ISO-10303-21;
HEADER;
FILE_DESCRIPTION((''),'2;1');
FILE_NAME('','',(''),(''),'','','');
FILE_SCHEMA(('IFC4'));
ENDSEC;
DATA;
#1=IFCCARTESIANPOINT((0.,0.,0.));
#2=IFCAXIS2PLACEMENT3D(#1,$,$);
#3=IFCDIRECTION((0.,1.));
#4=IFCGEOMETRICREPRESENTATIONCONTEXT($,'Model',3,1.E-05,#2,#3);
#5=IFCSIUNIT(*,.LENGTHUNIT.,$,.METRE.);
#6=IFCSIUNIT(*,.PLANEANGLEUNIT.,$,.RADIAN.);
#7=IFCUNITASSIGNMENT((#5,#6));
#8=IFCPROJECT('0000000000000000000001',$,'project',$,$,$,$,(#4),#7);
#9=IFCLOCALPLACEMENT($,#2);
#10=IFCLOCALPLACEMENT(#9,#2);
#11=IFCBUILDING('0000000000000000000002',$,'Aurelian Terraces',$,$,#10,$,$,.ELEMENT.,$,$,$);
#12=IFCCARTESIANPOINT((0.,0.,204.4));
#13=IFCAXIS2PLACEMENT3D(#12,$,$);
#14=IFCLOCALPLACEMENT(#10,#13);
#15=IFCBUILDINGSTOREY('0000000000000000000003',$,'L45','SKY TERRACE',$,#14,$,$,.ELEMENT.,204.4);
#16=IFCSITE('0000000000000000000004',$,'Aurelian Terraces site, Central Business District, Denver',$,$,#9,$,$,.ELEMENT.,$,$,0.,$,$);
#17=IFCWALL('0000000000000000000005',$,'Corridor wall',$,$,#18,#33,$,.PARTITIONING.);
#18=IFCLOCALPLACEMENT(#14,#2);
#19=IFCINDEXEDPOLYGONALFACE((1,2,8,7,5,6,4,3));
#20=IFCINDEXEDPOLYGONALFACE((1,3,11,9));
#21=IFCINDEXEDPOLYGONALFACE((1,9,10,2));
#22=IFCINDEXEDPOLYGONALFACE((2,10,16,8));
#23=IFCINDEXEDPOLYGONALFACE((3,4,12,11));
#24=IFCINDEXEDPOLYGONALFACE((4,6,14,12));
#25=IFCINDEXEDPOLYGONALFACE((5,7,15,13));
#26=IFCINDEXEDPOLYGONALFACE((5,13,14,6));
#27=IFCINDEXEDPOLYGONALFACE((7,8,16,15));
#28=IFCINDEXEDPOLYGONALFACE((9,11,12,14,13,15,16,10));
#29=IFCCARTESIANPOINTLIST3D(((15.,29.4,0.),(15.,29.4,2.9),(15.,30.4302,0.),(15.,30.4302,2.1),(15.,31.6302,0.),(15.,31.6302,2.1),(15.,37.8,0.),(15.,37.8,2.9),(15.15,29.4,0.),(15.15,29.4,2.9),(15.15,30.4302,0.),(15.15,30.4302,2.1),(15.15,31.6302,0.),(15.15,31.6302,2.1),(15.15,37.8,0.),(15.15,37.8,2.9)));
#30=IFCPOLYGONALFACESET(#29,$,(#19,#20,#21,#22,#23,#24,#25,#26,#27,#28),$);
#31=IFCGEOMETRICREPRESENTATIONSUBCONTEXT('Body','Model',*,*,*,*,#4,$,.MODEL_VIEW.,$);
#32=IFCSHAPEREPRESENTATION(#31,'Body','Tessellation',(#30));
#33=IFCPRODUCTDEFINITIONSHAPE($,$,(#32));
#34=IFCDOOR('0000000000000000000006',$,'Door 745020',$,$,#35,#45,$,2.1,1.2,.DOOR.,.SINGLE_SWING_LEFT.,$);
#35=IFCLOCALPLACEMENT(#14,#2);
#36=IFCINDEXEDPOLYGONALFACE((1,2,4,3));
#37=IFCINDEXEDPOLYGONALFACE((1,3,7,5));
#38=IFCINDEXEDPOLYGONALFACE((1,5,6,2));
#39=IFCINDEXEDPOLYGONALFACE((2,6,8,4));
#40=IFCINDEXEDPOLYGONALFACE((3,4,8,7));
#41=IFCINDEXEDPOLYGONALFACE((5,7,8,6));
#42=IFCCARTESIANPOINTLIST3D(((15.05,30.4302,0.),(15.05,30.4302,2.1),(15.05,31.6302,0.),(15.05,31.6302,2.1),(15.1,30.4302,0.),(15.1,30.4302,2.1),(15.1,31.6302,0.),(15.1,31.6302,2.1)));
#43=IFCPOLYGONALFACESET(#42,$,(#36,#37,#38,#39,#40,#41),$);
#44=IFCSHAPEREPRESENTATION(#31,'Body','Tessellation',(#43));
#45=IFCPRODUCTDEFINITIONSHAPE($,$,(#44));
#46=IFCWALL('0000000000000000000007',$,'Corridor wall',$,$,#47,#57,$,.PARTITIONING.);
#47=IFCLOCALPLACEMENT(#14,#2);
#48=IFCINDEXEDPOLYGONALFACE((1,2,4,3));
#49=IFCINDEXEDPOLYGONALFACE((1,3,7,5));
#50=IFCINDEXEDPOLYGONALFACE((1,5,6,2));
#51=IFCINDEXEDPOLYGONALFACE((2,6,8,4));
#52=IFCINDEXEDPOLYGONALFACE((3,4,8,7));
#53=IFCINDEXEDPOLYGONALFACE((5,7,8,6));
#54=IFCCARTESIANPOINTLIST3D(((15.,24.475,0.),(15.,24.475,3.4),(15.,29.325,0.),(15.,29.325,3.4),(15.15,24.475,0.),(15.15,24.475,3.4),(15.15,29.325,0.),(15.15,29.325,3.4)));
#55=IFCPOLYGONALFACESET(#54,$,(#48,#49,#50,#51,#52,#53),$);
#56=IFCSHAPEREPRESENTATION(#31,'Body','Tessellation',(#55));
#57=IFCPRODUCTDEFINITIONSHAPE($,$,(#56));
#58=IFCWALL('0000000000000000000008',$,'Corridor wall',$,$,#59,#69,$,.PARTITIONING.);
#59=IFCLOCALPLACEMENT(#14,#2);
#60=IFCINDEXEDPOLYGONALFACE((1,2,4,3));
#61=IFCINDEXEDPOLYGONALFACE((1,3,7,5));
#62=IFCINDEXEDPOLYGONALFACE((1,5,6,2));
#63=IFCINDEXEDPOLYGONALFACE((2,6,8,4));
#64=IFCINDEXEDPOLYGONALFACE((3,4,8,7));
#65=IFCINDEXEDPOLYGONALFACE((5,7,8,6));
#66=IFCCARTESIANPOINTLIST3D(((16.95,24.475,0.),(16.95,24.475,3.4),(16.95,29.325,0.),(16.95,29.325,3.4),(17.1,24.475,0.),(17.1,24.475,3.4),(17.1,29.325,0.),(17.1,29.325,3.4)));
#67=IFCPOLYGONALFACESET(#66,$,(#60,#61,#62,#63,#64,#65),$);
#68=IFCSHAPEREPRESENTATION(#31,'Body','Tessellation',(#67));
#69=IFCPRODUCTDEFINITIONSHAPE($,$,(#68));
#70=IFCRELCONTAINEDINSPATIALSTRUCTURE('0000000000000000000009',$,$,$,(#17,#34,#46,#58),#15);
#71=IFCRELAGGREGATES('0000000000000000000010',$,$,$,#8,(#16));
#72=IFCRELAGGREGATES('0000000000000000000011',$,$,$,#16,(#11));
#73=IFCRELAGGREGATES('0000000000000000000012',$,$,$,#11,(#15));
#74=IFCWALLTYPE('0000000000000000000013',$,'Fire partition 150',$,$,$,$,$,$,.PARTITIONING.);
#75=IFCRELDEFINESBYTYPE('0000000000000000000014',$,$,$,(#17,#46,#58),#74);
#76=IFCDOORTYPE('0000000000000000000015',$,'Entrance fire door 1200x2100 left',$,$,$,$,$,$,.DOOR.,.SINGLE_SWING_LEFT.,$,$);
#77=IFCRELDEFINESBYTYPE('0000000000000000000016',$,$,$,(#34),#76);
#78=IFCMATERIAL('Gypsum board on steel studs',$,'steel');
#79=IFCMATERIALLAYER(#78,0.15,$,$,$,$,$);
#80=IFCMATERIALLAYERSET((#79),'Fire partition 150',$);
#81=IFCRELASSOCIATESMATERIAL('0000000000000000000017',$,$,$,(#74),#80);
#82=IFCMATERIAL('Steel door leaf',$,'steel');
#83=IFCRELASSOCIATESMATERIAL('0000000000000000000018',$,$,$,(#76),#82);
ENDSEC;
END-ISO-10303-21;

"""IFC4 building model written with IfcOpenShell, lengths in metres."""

from ifc_helpers import new_model, si_unit, direction, frame, frame_2d, origin, place, context, subcontext, project, spatial, rectangle, extrude, source, transform, mapped, material, layer, layer_set, type_object, element, fill, save


model = new_model("IFC4")

# Units and contexts
model_context = context("Model", 3, precision=1e-05, world=origin(), true_north=direction((0.0, 1.0)))
body_context = subcontext(model_context, "Body", "Model", "MODEL_VIEW")
ifc_project = project(units=[si_unit("LENGTHUNIT", "METRE"), si_unit("PLANEANGLEUNIT", "RADIAN")], contexts=[model_context])

# Site, building, storey
site_placement = place(None, origin())
site = spatial("IfcSite", under=ifc_project, at=site_placement, Name="Aurelian Terraces site, Central Business District, Denver", CompositionType="ELEMENT", RefElevation=0.0)
building_placement = place(site_placement, origin())
building = spatial("IfcBuilding", under=site, at=building_placement, Name="Aurelian Terraces", CompositionType="ELEMENT")
storey_placement = place(building_placement, frame((0.0, 0.0, 204.4)))
storey = spatial("IfcBuildingStorey", under=building, at=storey_placement, Name="L45", Description="SKY TERRACE", CompositionType="ELEMENT", Elevation=204.4)

# Shared definitions
ifc_material_1 = material(Name="Gypsum board on steel studs", Category="steel")
ifc_layer_1 = layer(ifc_material_1, 0.15)
ifc_layer_set_1 = layer_set([ifc_layer_1], Name="Fire partition 150")
wall_type_1 = type_object("IfcWallType", Name="Fire partition 150", PredefinedType="PARTITIONING", material=ifc_layer_set_1)

# Shared definitions
shared_shape_1 = source(origin(), body_context, "Body", "SweptSolid", [
    extrude(rectangle(XDim=8.4, YDim=0.15, at=frame_2d((4.2, 0.0))), origin(), (0.0, 0.0, 1.0), 2.9),
])

# Wall, opening, door
wall_1_placement = place(storey_placement, frame((15.075, 29.4, 0.0), z_axis=(0.0, 0.0, 1.0), x_axis=(0.0, 1.0, 0.0)))
wall_1 = element("IfcWall", 1, at=wall_1_placement, inside=storey, type_object=wall_type_1, Name="Corridor wall", PredefinedType="PARTITIONING", context=body_context, shape_type="MappedRepresentation", body=[
    mapped(shared_shape_1, transform((0.0, 0.0, 0.0), scale=1.0)),
])
shared_shape_2 = source(origin(), body_context, "Body", "SweptSolid", [
    extrude(rectangle(XDim=1.2, YDim=2.1, at=frame_2d((0.6, 1.05))), frame((0.0, 0.085, 0.0), z_axis=(0.0, -1.0, 0.0), x_axis=(1.0, 0.0, 0.0)), (0.0, 0.0, 1.0), 0.17),
])
opening_1_placement = place(wall_1_placement, frame((1.0302, 0.0, 0.0)))
opening_1 = element("IfcOpeningElement", 2, at=opening_1_placement, cuts=wall_1, PredefinedType="OPENING", context=body_context, shape_type="MappedRepresentation", body=[
    mapped(shared_shape_2, transform((0.0, 0.0, 0.0), scale=1.0)),
])
ifc_material_2 = material(Name="Steel door leaf", Category="steel")
door_type_1 = type_object("IfcDoorType", Name="Entrance fire door 1200x2100 left", OperationType="SINGLE_SWING_LEFT", PredefinedType="DOOR", material=ifc_material_2)
shared_shape_3 = source(origin(), body_context, "Body", "SweptSolid", [
    extrude(rectangle(XDim=1.2, YDim=2.1, at=frame_2d((0.6, 1.05))), frame((0.0, 0.025, 0.0), z_axis=(0.0, -1.0, 0.0), x_axis=(1.0, 0.0, 0.0)), (0.0, 0.0, 1.0), 0.05),
])
door_1_placement = place(opening_1_placement, origin())
door_1 = element("IfcDoor", 3, at=door_1_placement, inside=storey, type_object=door_type_1, Name="Door 745020", OperationType="SINGLE_SWING_LEFT", OverallHeight=2.1, OverallWidth=1.2, PredefinedType="DOOR", context=body_context, shape_type="MappedRepresentation", body=[
    mapped(shared_shape_3, transform((0.0, 0.0, 0.0), scale=1.0)),
])
fill(opening_1, door_1)

# Walls
shared_shape_4 = source(origin(), body_context, "Body", "SweptSolid", [
    extrude(rectangle(XDim=4.85, YDim=0.15, at=frame_2d((2.425, 0.0))), origin(), (0.0, 0.0, 1.0), 3.4),
])
for number, where, z_axis, x_axis, name in (
    (4, (15.075, 24.475, 0.0), (0.0, 0.0, 1.0), (0.0, 1.0, 0.0), "Corridor wall"),
    (5, (17.025, 29.325, 0.0), (0.0, 0.0, 1.0), (0.0, -1.0, 0.0), "Corridor wall"),
):
    element("IfcWall", number, at=place(storey_placement, frame(where, z_axis=z_axis, x_axis=x_axis)), inside=storey, type_object=wall_type_1, Name=name, PredefinedType="PARTITIONING", context=body_context, shape_type="MappedRepresentation", body=[
        mapped(shared_shape_4, transform((0.0, 0.0, 0.0), scale=1.0)),
    ])

save(model, "model.ifc")
